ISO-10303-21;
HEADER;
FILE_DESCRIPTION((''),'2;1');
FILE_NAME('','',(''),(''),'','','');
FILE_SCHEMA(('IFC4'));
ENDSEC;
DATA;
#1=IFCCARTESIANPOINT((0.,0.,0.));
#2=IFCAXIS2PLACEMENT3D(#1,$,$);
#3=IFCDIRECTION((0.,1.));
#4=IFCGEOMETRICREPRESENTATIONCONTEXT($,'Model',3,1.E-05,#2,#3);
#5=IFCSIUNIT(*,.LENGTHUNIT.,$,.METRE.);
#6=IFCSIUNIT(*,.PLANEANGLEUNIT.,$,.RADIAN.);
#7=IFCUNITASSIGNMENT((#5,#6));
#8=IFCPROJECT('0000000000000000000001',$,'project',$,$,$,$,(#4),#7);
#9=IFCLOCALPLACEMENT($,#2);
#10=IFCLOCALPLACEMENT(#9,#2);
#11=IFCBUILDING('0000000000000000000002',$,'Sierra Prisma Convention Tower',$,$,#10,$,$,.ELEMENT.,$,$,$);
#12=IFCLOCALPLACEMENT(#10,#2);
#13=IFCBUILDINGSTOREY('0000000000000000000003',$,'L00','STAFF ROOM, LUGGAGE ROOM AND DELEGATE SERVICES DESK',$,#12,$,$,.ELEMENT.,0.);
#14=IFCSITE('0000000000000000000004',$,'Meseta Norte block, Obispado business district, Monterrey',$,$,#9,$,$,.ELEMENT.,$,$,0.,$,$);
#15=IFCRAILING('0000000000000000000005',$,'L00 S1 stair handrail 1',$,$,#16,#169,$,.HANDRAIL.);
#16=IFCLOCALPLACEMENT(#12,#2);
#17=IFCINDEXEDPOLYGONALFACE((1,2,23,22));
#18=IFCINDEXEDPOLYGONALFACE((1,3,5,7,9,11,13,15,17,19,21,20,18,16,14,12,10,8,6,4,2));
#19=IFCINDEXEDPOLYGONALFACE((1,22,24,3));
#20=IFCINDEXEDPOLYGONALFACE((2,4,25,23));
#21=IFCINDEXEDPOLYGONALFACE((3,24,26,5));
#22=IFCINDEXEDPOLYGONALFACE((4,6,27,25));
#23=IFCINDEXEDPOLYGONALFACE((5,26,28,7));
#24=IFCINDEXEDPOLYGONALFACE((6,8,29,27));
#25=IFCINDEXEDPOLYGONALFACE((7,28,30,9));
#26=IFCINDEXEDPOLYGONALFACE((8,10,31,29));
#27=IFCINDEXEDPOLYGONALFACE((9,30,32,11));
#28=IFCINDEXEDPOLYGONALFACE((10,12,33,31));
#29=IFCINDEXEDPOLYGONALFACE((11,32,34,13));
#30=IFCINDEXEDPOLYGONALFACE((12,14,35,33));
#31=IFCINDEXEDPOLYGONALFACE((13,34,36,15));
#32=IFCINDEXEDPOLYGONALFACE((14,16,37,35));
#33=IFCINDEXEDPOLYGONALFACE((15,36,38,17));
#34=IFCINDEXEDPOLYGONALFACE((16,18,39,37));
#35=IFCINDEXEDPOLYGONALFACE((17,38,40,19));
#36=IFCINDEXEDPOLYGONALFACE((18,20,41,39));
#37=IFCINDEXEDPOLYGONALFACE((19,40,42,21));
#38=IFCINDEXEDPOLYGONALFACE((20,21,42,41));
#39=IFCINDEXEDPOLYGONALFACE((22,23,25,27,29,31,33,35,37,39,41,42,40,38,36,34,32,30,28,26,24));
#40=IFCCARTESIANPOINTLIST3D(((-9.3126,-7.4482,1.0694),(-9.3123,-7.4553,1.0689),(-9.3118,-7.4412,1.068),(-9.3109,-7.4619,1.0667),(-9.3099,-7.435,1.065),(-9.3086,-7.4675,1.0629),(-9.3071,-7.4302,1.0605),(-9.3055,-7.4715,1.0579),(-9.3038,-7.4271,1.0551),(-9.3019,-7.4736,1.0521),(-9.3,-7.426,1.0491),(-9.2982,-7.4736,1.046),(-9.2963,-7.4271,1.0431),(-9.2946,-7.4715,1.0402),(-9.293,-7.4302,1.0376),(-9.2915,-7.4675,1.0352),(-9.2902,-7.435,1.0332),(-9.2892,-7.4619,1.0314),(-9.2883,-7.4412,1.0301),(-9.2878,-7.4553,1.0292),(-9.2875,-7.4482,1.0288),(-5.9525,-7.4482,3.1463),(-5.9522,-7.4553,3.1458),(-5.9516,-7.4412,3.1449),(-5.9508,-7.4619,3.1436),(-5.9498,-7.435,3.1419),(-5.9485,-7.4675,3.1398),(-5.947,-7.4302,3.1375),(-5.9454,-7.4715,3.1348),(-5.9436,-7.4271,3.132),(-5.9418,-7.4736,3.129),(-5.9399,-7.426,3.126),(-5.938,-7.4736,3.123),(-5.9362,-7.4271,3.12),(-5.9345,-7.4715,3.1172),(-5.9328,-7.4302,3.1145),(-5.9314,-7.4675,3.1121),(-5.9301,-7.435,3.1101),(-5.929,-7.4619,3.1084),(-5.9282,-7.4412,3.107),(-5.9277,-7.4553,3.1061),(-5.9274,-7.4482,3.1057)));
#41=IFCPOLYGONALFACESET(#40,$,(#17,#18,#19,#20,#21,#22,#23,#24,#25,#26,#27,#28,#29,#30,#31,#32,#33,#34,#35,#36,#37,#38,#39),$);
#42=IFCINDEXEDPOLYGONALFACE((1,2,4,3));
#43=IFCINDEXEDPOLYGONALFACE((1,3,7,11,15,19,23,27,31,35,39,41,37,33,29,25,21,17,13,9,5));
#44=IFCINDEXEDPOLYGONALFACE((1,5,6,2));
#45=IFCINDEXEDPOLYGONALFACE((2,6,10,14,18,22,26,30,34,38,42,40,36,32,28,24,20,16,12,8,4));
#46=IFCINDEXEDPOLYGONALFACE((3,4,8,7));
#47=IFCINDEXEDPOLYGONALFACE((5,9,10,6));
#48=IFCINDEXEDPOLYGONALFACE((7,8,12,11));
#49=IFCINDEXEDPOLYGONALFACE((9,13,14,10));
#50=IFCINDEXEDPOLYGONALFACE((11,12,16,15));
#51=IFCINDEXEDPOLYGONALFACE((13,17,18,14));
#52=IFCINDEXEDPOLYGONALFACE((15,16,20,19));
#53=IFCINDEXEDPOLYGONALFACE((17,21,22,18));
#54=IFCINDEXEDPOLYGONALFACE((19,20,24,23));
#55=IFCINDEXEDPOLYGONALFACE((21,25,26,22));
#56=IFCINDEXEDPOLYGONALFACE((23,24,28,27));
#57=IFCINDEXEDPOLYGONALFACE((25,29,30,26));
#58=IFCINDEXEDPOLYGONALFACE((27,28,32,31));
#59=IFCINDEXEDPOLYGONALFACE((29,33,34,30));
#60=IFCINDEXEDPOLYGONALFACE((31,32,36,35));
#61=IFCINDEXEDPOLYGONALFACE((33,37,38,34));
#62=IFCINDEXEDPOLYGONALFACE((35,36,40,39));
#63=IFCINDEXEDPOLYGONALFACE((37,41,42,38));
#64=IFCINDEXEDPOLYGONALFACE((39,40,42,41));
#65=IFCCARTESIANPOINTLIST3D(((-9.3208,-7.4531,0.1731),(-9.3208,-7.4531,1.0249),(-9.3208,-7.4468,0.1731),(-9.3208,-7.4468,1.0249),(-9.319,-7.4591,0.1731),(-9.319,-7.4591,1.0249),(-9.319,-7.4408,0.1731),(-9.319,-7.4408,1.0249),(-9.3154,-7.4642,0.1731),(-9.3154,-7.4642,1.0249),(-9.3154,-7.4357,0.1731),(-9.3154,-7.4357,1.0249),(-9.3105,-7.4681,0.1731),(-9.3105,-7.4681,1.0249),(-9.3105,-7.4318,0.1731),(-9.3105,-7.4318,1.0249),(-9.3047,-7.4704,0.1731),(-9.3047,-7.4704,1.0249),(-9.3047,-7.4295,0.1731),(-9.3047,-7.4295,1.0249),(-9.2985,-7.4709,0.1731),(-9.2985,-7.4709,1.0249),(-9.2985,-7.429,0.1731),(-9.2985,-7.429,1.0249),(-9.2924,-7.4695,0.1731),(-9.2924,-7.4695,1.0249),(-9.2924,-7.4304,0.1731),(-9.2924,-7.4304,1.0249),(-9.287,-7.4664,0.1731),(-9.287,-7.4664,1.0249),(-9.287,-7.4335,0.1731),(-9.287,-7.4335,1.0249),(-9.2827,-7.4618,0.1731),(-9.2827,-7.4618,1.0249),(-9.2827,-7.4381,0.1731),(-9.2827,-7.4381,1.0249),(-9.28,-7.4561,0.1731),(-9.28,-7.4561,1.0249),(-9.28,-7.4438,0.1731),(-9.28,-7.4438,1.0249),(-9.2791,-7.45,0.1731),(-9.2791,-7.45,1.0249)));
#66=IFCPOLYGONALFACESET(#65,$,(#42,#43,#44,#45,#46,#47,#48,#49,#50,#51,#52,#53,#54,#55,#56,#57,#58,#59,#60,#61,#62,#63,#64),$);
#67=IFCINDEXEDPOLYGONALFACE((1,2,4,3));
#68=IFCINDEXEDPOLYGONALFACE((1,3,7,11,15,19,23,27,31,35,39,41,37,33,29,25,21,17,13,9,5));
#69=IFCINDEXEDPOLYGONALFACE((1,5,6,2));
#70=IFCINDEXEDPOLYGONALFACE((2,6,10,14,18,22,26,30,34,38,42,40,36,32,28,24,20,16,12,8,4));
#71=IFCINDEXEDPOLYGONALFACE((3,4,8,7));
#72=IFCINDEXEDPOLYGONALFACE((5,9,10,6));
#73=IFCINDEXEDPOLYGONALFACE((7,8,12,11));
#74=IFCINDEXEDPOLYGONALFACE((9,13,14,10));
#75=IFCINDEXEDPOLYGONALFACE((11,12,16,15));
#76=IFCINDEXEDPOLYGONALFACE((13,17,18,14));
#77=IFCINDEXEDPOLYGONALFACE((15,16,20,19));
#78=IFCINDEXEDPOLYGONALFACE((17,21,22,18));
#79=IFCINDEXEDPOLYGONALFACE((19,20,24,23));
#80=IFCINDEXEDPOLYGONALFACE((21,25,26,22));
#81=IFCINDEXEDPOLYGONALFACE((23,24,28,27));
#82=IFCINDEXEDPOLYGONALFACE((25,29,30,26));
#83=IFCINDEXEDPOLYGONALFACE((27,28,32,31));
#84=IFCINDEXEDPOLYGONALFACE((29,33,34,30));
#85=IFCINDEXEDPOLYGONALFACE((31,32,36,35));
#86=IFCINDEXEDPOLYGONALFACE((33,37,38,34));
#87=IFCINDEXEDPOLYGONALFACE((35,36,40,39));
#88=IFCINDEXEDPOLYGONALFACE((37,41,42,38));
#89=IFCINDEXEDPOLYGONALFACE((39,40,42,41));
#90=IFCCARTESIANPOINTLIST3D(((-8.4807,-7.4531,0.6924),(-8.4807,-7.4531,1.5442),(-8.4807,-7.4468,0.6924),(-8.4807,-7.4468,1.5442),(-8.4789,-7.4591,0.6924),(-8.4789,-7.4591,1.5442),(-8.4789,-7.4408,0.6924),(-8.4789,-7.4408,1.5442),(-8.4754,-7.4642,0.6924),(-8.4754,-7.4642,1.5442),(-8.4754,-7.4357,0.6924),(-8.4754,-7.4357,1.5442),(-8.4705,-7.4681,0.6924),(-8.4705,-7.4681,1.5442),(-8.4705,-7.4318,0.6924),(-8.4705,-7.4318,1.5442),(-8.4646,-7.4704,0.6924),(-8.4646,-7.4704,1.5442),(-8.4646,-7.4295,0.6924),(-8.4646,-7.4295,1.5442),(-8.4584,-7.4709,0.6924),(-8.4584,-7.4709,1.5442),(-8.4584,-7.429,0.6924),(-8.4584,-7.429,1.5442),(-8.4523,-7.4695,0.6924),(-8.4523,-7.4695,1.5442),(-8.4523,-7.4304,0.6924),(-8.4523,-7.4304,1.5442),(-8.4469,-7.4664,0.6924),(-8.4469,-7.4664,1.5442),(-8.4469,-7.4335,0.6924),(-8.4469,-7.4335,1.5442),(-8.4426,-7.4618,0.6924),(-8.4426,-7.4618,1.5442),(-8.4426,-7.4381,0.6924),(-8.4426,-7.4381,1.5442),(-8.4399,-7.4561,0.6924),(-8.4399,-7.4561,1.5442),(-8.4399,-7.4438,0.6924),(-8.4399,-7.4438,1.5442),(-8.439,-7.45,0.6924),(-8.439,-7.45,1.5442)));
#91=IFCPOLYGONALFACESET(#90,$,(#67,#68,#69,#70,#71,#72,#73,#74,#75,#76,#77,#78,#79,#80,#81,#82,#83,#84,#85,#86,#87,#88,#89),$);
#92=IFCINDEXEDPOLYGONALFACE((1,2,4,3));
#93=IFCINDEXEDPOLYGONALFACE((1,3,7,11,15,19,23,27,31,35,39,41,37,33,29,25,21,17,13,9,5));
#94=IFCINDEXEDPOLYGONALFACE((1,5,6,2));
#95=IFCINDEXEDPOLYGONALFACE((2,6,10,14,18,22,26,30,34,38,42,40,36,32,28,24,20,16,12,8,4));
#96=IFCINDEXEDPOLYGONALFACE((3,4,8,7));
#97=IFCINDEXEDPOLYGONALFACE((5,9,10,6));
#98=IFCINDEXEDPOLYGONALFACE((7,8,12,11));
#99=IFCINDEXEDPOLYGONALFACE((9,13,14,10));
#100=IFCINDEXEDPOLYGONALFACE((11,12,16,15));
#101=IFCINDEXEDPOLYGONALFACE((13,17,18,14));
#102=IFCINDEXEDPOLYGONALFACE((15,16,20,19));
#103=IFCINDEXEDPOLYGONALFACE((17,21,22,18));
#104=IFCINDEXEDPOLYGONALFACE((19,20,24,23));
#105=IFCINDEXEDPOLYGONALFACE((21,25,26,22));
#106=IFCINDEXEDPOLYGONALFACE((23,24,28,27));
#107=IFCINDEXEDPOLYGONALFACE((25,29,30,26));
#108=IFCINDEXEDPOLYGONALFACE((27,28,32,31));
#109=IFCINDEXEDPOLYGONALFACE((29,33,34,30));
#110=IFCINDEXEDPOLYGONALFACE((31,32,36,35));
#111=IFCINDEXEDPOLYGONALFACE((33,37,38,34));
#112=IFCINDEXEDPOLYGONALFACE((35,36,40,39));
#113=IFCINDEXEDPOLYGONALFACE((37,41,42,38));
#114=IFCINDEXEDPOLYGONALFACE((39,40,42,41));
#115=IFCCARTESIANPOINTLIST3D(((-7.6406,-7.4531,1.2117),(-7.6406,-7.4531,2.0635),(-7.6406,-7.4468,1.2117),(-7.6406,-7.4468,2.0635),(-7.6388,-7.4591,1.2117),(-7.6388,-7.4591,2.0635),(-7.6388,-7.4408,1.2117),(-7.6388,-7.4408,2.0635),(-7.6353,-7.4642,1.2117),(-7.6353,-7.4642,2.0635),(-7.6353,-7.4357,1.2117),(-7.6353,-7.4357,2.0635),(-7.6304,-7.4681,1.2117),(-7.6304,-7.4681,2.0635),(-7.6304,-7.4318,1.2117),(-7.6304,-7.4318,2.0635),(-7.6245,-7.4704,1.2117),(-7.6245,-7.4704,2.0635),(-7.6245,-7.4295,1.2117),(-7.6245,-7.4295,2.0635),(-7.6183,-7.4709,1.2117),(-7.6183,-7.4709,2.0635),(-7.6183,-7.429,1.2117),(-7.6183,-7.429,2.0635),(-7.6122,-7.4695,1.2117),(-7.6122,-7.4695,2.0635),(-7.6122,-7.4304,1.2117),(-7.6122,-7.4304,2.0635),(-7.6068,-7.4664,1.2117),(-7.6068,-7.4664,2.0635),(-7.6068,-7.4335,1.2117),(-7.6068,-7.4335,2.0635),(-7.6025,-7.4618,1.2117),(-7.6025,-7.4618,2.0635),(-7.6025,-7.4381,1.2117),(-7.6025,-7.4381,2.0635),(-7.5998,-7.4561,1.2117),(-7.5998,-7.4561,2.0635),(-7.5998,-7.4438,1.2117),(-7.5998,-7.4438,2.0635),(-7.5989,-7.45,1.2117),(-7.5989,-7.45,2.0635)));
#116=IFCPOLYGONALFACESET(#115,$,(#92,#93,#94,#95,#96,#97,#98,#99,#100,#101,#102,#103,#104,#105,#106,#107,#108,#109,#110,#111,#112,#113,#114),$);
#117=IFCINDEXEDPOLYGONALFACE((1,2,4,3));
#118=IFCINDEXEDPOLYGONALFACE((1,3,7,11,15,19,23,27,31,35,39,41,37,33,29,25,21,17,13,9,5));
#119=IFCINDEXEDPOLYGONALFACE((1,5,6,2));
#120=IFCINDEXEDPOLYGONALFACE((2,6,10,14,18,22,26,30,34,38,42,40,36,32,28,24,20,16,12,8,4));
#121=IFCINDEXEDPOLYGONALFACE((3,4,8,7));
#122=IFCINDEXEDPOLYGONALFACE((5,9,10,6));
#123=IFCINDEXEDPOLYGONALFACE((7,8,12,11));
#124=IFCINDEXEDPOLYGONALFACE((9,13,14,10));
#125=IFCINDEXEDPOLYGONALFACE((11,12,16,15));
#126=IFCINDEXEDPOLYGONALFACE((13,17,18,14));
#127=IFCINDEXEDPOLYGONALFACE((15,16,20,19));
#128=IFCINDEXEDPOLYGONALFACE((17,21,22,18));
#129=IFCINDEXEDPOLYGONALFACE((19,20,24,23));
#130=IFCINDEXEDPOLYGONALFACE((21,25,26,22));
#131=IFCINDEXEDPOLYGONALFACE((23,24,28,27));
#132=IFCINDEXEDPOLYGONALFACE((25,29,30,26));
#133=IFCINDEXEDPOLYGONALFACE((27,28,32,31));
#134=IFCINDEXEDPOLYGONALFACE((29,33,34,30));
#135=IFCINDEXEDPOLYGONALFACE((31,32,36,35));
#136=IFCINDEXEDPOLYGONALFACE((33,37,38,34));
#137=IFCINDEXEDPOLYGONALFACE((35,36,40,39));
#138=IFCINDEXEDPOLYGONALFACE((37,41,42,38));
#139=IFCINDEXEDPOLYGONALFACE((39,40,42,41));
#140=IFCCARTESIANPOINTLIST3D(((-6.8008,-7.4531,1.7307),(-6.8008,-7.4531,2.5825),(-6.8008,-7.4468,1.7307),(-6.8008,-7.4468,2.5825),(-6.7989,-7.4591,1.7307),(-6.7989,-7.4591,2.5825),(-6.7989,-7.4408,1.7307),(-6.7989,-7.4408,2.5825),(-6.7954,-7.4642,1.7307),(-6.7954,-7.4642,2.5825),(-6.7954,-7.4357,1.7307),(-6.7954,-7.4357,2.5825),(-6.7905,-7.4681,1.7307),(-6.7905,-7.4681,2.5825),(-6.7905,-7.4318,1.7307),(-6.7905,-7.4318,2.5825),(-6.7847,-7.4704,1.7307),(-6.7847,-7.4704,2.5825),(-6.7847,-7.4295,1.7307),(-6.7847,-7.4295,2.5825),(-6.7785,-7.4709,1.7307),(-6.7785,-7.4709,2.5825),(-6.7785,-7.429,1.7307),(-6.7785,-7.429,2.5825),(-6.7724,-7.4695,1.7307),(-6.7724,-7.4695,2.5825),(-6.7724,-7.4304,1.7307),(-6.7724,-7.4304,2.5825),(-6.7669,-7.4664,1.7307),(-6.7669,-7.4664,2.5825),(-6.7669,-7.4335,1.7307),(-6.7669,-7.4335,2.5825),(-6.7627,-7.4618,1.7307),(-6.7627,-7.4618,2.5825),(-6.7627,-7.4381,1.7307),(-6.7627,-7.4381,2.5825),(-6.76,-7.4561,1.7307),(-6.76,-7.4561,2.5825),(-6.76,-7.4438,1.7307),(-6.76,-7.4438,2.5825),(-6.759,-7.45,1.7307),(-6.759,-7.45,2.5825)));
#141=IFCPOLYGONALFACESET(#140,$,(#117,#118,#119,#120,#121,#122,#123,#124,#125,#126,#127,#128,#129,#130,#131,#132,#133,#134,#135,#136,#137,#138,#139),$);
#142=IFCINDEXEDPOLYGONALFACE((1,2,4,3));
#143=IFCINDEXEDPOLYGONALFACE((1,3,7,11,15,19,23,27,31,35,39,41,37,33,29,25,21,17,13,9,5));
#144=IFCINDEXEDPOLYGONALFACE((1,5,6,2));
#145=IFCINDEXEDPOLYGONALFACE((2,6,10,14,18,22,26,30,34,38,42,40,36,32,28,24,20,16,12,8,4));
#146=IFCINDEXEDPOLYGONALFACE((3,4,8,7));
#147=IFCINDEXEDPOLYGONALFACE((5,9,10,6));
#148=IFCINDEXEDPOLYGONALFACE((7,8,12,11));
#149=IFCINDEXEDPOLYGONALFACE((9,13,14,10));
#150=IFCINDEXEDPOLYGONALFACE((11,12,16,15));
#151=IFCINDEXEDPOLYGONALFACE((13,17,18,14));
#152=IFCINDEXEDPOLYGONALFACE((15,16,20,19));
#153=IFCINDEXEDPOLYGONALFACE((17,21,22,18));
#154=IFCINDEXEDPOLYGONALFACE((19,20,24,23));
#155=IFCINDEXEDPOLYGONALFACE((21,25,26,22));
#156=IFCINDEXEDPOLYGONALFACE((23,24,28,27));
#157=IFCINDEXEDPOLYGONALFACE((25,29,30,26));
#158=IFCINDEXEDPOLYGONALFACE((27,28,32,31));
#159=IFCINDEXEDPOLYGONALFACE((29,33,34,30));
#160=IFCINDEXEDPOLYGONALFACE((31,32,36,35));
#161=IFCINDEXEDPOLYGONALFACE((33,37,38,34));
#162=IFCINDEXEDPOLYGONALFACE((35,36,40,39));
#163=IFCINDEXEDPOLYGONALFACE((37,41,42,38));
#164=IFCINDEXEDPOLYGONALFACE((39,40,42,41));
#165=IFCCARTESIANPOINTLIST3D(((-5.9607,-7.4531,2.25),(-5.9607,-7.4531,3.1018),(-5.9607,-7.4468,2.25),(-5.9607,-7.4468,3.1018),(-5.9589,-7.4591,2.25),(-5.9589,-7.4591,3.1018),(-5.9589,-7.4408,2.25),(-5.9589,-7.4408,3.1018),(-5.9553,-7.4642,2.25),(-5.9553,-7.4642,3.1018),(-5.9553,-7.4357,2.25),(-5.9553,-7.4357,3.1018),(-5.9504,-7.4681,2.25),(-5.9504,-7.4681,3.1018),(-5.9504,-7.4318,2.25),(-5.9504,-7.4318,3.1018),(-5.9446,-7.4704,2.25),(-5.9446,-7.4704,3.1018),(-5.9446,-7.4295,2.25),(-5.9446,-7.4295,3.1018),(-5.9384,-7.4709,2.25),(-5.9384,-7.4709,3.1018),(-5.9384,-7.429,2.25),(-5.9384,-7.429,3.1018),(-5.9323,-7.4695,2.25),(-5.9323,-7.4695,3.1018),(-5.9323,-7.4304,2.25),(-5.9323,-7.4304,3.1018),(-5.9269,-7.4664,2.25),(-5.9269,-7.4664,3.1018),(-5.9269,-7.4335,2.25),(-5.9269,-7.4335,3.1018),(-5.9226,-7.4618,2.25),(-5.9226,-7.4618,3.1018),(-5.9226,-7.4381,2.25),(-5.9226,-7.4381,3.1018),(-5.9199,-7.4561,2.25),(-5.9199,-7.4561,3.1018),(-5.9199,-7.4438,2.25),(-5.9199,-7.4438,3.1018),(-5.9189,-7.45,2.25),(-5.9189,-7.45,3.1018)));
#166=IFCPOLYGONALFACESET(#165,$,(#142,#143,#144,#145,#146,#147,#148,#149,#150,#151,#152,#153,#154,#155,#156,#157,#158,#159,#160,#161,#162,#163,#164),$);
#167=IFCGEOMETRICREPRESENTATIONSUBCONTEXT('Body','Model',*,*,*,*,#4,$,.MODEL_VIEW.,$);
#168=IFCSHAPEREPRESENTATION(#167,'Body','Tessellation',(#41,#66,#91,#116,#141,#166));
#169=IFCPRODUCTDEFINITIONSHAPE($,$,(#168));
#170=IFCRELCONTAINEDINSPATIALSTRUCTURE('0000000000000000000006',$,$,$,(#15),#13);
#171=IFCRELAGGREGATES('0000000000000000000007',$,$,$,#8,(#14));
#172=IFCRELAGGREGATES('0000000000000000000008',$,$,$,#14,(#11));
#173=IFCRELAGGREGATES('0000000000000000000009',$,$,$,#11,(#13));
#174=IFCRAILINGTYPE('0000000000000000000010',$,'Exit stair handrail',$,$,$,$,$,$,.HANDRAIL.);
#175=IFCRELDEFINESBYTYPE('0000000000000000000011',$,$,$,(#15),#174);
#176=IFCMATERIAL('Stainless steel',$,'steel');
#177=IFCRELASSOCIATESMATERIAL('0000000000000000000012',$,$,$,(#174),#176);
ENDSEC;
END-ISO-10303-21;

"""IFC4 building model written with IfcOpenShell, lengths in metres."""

from ifc_helpers import new_model, si_unit, direction, frame, origin, origin_2d, place, context, subcontext, project, spatial, circle, extrude, material, type_object, element, save


model = new_model("IFC4")

# Units and contexts
model_context = context("Model", 3, precision=1e-05, world=origin(), true_north=direction((0.0, 1.0)))
body_context = subcontext(model_context, "Body", "Model", "MODEL_VIEW")
ifc_project = project(units=[si_unit("LENGTHUNIT", "METRE"), si_unit("PLANEANGLEUNIT", "RADIAN")], contexts=[model_context])

# Site, building, storey
site_placement = place(None, origin())
site = spatial("IfcSite", under=ifc_project, at=site_placement, Name="Meseta Norte block, Obispado business district, Monterrey", CompositionType="ELEMENT", RefElevation=0.0)
building_placement = place(site_placement, origin())
building = spatial("IfcBuilding", under=site, at=building_placement, Name="Sierra Prisma Convention Tower", CompositionType="ELEMENT")
storey_placement = place(building_placement, origin())
storey = spatial("IfcBuildingStorey", under=building, at=storey_placement, Name="L00", Description="STAFF ROOM, LUGGAGE ROOM AND DELEGATE SERVICES DESK", CompositionType="ELEMENT", Elevation=0.0)

# Railing
ifc_material_1 = material(Name="Stainless steel", Category="steel")
railing_type_1 = type_object("IfcRailingType", Name="Exit stair handrail", PredefinedType="HANDRAIL", material=ifc_material_1)
railing_1_placement = place(storey_placement, frame((-9.3, -7.45, 0.1731)))
element("IfcRailing", 1, at=railing_1_placement, inside=storey, type_object=railing_type_1, Name="L00 S1 stair handrail 1", PredefinedType="HANDRAIL", context=body_context, shape_type="SweptSolid", body=[
    extrude(circle(Radius=0.0239, at=origin_2d()), frame((0.0, 0.0, 0.876), z_axis=(0.850623, 0.0, 0.525776), x_axis=(0.0, 1.0, 0.0)), (0.0, 0.0, 1.0), 3.9502),
    extrude(circle(Radius=0.021, at=origin_2d()), origin(), (0.0, 0.0, 1.0), 0.8518),
    extrude(circle(Radius=0.021, at=origin_2d()), frame((0.8401, 0.0, 0.5193)), (0.0, 0.0, 1.0), 0.8518),
    extrude(circle(Radius=0.021, at=origin_2d()), frame((1.6802, 0.0, 1.0386)), (0.0, 0.0, 1.0), 0.8518),
    extrude(circle(Radius=0.021, at=origin_2d()), frame((2.52, 0.0, 1.5576)), (0.0, 0.0, 1.0), 0.8518),
    extrude(circle(Radius=0.021, at=origin_2d()), frame((3.3601, 0.0, 2.0769)), (0.0, 0.0, 1.0), 0.8518),
])

save(model, "model.ifc")
